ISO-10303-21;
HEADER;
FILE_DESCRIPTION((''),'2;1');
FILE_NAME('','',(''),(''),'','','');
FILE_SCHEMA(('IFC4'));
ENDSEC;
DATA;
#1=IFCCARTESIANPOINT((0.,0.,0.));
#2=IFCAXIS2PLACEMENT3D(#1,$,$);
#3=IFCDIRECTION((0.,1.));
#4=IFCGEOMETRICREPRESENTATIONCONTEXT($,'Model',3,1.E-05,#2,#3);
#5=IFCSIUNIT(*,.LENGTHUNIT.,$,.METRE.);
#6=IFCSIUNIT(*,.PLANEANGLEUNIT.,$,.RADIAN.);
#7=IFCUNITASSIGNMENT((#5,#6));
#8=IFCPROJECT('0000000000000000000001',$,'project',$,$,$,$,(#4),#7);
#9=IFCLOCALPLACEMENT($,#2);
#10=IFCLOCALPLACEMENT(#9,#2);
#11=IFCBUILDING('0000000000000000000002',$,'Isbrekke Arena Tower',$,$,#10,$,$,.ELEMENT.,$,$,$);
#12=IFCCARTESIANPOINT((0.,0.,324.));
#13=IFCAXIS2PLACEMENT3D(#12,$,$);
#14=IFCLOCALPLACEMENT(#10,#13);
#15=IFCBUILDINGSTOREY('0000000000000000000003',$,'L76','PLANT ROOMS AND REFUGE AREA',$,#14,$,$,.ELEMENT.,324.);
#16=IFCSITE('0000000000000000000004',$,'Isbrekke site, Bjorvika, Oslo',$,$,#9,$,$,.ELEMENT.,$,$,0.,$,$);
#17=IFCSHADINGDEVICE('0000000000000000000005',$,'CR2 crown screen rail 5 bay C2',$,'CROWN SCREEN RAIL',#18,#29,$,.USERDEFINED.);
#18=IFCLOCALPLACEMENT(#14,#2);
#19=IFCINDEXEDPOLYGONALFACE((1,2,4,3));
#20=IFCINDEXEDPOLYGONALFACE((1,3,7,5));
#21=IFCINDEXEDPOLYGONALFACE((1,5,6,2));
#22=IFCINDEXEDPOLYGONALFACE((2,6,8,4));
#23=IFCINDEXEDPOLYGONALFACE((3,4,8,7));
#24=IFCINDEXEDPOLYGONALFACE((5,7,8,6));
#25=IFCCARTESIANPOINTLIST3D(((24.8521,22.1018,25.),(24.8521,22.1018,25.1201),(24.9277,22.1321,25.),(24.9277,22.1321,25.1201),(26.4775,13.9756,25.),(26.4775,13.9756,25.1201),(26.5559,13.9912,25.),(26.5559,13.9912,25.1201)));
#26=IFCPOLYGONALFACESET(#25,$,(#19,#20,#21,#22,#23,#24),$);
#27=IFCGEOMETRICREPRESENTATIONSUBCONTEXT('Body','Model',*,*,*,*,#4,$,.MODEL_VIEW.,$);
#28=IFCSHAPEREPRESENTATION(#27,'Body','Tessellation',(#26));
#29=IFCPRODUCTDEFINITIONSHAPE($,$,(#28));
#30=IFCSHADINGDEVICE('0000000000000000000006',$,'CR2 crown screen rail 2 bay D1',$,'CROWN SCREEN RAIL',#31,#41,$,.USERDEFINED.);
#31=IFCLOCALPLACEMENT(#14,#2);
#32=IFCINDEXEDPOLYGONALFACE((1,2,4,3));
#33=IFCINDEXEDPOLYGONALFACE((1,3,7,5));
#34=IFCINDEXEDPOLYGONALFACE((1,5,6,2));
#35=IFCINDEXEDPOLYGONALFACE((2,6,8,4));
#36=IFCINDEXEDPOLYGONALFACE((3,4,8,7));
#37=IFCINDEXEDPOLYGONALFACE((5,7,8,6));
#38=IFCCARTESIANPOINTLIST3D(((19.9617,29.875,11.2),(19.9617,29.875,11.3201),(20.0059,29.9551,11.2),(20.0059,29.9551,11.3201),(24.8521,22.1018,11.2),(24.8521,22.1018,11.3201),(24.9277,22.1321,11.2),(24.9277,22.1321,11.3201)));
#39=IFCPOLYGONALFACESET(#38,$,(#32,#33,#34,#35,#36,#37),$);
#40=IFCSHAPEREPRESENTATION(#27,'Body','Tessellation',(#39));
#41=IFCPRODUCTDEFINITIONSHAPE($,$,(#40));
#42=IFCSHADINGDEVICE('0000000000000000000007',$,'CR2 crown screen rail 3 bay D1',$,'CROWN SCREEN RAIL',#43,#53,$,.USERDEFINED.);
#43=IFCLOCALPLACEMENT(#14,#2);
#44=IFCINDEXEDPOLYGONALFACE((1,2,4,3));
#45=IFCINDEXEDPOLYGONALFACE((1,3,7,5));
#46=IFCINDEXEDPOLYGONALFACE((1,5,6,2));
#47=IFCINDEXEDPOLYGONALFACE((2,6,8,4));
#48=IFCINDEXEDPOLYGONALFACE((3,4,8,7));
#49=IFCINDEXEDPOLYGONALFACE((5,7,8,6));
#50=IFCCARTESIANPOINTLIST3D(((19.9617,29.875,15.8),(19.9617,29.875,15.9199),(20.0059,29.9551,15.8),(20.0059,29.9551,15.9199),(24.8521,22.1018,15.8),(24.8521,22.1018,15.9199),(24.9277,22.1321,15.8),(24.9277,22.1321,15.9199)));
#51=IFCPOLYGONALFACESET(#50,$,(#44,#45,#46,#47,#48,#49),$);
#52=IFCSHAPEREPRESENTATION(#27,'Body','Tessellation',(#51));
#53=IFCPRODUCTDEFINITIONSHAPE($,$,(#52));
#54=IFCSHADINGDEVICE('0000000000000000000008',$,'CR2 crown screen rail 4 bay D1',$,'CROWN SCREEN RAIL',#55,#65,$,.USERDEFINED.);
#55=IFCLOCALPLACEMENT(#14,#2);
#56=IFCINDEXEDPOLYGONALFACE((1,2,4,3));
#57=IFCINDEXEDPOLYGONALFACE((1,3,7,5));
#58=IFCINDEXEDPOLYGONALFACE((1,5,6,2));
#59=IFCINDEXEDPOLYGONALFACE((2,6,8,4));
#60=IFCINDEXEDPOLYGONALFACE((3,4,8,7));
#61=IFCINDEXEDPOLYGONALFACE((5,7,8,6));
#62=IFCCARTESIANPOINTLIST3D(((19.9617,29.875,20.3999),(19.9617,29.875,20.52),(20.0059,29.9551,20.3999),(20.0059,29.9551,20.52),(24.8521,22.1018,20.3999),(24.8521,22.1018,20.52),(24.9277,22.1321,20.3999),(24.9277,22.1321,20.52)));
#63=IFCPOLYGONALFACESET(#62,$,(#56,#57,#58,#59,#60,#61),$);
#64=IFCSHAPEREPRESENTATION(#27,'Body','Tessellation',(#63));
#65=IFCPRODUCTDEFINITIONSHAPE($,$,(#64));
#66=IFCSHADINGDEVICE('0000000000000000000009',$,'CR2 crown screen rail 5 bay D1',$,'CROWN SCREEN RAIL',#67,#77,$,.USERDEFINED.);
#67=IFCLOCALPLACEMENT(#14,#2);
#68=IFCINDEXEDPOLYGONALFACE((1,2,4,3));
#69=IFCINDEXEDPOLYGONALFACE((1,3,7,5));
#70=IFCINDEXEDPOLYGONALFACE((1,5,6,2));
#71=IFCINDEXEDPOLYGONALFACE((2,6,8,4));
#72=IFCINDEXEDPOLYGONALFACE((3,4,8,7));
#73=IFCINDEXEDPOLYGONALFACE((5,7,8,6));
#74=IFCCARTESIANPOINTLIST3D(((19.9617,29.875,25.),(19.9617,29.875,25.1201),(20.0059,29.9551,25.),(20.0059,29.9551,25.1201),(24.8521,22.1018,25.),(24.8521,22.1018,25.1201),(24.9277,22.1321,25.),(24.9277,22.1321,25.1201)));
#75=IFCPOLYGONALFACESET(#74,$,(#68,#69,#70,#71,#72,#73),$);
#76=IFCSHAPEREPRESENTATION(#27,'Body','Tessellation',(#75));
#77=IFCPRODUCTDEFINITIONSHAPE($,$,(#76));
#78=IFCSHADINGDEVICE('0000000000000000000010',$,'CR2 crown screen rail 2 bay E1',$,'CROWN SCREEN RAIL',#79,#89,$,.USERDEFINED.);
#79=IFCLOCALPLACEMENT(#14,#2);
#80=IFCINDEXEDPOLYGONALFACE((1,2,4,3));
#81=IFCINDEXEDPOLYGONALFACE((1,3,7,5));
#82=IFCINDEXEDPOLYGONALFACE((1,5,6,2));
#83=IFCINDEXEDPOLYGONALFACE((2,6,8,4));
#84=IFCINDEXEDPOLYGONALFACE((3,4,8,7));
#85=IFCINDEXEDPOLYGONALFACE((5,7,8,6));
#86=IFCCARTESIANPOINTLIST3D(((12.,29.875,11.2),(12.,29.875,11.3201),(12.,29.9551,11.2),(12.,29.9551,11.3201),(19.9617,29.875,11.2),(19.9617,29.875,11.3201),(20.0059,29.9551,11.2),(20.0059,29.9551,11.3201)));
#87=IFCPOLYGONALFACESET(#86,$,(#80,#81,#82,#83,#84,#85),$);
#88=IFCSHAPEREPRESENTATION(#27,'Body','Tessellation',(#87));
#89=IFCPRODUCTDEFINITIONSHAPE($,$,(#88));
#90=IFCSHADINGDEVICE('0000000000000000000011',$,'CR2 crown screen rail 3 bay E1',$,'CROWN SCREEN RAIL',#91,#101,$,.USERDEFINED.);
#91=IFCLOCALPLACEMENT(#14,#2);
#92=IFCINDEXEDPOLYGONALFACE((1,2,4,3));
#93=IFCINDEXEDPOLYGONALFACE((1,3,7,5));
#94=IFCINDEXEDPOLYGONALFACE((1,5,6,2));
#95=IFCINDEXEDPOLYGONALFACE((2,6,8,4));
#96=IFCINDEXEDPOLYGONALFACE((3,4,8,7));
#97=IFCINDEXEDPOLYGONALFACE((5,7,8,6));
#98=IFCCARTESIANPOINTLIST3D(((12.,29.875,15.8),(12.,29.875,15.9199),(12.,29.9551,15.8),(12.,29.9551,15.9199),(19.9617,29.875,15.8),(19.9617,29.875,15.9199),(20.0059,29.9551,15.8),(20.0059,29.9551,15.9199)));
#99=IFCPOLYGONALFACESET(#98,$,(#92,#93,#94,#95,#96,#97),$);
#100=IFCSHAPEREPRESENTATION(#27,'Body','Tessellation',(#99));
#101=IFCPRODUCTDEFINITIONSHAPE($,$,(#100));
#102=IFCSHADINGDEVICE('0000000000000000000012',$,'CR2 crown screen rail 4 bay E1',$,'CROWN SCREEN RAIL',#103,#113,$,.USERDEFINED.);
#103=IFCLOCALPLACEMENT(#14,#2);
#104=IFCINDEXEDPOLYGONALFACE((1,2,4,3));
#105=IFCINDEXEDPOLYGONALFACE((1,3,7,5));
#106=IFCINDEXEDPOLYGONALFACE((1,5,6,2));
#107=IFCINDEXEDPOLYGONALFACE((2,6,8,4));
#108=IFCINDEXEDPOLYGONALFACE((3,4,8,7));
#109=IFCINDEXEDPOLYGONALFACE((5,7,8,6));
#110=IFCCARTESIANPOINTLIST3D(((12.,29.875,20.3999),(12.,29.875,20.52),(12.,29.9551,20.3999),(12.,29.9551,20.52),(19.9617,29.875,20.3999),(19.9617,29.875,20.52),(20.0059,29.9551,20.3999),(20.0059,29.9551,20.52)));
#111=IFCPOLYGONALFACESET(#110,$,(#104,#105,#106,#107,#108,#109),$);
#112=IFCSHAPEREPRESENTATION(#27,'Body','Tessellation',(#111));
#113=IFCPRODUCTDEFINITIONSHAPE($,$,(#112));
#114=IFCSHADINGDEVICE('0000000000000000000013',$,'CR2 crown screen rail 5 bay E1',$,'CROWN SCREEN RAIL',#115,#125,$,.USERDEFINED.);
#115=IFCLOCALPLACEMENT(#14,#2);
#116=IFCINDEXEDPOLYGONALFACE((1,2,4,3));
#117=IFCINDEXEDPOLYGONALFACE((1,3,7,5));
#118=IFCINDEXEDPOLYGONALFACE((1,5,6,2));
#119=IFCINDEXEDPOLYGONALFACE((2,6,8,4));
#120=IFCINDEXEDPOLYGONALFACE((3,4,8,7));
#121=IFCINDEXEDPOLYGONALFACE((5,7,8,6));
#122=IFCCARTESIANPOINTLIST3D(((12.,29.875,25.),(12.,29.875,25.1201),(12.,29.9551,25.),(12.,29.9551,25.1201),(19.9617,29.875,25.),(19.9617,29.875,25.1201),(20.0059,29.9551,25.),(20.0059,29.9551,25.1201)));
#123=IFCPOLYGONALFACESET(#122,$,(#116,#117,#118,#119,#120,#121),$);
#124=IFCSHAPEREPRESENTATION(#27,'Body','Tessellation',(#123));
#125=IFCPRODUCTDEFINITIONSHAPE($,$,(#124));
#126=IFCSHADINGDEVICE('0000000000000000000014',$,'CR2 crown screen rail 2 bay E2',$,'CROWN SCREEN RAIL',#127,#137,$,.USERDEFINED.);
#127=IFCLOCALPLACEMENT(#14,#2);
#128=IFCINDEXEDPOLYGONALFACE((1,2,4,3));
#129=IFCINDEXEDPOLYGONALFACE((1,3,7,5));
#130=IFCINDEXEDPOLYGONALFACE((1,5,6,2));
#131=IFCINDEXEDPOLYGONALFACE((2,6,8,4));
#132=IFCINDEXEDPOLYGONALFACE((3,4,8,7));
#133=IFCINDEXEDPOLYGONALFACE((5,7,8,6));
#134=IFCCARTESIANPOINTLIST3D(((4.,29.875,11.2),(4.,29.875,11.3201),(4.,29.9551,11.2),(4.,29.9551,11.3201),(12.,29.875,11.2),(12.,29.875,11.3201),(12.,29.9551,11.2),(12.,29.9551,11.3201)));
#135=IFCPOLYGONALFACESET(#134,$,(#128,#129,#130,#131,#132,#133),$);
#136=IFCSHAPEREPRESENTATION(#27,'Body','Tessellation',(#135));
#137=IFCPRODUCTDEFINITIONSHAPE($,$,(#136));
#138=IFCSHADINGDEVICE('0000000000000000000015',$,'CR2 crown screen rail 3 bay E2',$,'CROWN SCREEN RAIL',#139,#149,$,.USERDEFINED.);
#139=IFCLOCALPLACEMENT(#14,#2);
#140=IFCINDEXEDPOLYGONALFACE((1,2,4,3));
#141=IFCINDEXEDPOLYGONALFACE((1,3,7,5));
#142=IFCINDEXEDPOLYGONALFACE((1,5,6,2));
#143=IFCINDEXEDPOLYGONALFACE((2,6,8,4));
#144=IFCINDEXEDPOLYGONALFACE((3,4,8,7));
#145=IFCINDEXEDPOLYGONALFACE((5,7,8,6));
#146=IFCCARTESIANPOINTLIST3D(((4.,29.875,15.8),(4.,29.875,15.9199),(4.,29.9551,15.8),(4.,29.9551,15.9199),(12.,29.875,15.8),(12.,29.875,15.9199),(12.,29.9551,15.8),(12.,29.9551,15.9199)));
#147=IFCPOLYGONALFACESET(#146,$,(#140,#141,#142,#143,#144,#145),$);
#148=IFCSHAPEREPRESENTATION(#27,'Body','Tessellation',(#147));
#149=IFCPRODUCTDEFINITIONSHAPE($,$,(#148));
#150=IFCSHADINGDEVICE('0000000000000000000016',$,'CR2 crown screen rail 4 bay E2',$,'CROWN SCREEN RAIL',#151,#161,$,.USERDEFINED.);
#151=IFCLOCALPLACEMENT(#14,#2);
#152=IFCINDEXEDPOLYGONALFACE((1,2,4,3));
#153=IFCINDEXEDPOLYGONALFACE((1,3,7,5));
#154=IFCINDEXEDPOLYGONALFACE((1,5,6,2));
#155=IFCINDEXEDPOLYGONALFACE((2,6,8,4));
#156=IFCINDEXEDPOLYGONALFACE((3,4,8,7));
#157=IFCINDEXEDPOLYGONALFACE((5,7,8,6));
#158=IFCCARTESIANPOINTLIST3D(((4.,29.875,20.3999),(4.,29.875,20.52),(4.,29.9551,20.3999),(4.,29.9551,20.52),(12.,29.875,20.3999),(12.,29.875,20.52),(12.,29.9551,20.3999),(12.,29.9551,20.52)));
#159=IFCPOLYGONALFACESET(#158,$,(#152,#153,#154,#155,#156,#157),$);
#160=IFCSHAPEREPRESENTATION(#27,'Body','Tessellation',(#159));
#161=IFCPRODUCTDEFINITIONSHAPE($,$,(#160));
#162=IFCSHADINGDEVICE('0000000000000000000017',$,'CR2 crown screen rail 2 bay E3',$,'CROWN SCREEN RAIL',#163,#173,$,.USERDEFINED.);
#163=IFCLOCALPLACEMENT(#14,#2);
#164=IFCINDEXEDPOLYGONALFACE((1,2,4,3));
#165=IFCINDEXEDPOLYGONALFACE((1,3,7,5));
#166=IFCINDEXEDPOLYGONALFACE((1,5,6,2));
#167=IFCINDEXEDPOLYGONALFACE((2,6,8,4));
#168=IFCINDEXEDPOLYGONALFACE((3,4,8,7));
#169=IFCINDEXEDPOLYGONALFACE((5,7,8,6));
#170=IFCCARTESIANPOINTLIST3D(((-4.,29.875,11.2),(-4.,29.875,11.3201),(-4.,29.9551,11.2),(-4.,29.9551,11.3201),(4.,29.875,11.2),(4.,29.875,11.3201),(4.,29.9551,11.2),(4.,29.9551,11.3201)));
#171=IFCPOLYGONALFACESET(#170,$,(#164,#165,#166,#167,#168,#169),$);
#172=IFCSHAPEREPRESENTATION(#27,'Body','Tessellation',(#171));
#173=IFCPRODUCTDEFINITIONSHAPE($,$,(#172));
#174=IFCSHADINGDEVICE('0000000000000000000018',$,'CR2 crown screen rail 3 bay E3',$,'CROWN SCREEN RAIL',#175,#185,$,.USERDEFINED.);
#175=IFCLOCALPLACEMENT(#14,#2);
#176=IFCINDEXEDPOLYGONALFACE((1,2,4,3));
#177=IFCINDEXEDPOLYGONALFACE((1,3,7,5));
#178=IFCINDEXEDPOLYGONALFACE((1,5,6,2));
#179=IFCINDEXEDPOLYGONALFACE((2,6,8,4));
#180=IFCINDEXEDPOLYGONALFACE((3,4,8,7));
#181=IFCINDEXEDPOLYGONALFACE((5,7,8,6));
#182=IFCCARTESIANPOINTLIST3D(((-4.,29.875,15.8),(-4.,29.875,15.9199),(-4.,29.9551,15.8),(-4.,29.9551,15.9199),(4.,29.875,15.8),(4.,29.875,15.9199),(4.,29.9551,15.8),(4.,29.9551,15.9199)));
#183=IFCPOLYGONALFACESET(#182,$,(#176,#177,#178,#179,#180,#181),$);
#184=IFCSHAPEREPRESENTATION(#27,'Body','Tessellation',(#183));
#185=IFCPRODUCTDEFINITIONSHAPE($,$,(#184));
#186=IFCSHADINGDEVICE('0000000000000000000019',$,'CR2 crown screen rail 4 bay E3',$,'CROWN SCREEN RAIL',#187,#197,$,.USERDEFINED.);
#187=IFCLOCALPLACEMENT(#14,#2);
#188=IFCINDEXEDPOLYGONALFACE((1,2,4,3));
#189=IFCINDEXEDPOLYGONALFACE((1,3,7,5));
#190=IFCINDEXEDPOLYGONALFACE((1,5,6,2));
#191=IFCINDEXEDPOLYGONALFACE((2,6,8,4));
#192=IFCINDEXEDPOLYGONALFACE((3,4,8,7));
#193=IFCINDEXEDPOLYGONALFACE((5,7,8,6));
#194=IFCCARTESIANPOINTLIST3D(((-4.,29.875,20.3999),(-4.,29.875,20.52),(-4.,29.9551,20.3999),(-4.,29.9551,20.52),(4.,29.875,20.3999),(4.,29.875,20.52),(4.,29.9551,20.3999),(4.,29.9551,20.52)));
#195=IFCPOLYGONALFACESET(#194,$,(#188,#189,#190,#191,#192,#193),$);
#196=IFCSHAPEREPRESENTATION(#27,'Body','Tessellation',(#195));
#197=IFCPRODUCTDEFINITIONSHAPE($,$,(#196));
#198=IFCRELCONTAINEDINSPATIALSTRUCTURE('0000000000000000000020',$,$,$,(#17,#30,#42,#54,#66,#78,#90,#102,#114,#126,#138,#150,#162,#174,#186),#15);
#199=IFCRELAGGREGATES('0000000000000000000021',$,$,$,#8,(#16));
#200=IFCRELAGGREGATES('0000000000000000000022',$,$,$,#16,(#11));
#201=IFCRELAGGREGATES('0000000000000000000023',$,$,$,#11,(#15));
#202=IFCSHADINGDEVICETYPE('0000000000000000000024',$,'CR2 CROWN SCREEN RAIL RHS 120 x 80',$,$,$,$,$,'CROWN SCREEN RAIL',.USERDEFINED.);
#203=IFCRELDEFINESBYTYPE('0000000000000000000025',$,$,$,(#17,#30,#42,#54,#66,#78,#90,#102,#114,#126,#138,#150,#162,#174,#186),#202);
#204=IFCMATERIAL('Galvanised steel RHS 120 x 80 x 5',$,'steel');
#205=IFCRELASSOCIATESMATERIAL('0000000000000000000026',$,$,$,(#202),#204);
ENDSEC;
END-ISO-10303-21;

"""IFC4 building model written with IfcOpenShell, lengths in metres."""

from ifc_helpers import new_model, si_unit, direction, frame, origin, place, context, subcontext, project, spatial, polyline, outline, extrude, material, type_object, element, save


model = new_model("IFC4")

# Units and contexts
model_context = context("Model", 3, precision=1e-05, world=origin(), true_north=direction((0.0, 1.0)))
body_context = subcontext(model_context, "Body", "Model", "MODEL_VIEW")
ifc_project = project(units=[si_unit("LENGTHUNIT", "METRE"), si_unit("PLANEANGLEUNIT", "RADIAN")], contexts=[model_context])

# Site, building, storey
site_placement = place(None, origin())
site = spatial("IfcSite", under=ifc_project, at=site_placement, Name="Isbrekke site, Bjorvika, Oslo", CompositionType="ELEMENT", RefElevation=0.0)
building_placement = place(site_placement, origin())
building = spatial("IfcBuilding", under=site, at=building_placement, Name="Isbrekke Arena Tower", CompositionType="ELEMENT")
storey_placement = place(building_placement, frame((0.0, 0.0, 324.0)))
storey = spatial("IfcBuildingStorey", under=building, at=storey_placement, Name="L76", Description="PLANT ROOMS AND REFUGE AREA", CompositionType="ELEMENT", Elevation=324.0)

# Shading devices
ifc_material = material(Name="Galvanised steel RHS 120 x 80 x 5", Category="steel")
shading_device_type = type_object("IfcShadingDeviceType", Name="CR2 CROWN SCREEN RAIL RHS 120 x 80", ElementType="CROWN SCREEN RAIL", PredefinedType="USERDEFINED", material=ifc_material)
shading_device_1_placement = place(storey_placement, frame((0.0, 0.0, 25.0)))
element("IfcShadingDevice", 1, at=shading_device_1_placement, inside=storey, type_object=shading_device_type, Name="CR2 crown screen rail 5 bay C2", ObjectType="CROWN SCREEN RAIL", PredefinedType="USERDEFINED", context=body_context, shape_type="SweptSolid", body=[
    extrude(outline(polyline([(26.4775, 13.9756), (24.8521, 22.1018), (24.9277, 22.1321), (26.5559, 13.9912), (26.4775, 13.9756)])), origin(), (0.0, 0.0, 1.0), 0.1201),
])
shading_device_2_placement = place(storey_placement, frame((0.0, 0.0, 11.2)))
element("IfcShadingDevice", 2, at=shading_device_2_placement, inside=storey, type_object=shading_device_type, Name="CR2 crown screen rail 2 bay D1", ObjectType="CROWN SCREEN RAIL", PredefinedType="USERDEFINED", context=body_context, shape_type="SweptSolid", body=[
    extrude(outline(polyline([(24.8521, 22.1018), (19.9617, 29.875), (20.0059, 29.9551), (24.9277, 22.1321), (24.8521, 22.1018)])), origin(), (0.0, 0.0, 1.0), 0.1201),
])
shading_device_3_placement = place(storey_placement, frame((0.0, 0.0, 15.8)))
element("IfcShadingDevice", 3, at=shading_device_3_placement, inside=storey, type_object=shading_device_type, Name="CR2 crown screen rail 3 bay D1", ObjectType="CROWN SCREEN RAIL", PredefinedType="USERDEFINED", context=body_context, shape_type="SweptSolid", body=[
    extrude(outline(polyline([(24.8521, 22.1018), (19.9617, 29.875), (20.0059, 29.9551), (24.9277, 22.1321), (24.8521, 22.1018)])), origin(), (0.0, 0.0, 1.0), 0.1199),
])
for number, where, name in (
    (4, (0.0, 0.0, 20.3999), "CR2 crown screen rail 4 bay D1"),
    (5, (0.0, 0.0, 25.0), "CR2 crown screen rail 5 bay D1"),
):
    element("IfcShadingDevice", number, at=place(storey_placement, frame(where)), inside=storey, type_object=shading_device_type, Name=name, ObjectType="CROWN SCREEN RAIL", PredefinedType="USERDEFINED", context=body_context, shape_type="SweptSolid", body=[
        extrude(outline(polyline([(24.8521, 22.1018), (19.9617, 29.875), (20.0059, 29.9551), (24.9277, 22.1321), (24.8521, 22.1018)])), origin(), (0.0, 0.0, 1.0), 0.1201),
    ])
shading_device_4_placement = place(storey_placement, frame((0.0, 0.0, 11.2)))
element("IfcShadingDevice", 6, at=shading_device_4_placement, inside=storey, type_object=shading_device_type, Name="CR2 crown screen rail 2 bay E1", ObjectType="CROWN SCREEN RAIL", PredefinedType="USERDEFINED", context=body_context, shape_type="SweptSolid", body=[
    extrude(outline(polyline([(19.9617, 29.875), (12.0, 29.875), (12.0, 29.9551), (20.0059, 29.9551), (19.9617, 29.875)])), origin(), (0.0, 0.0, 1.0), 0.1201),
])
shading_device_5_placement = place(storey_placement, frame((0.0, 0.0, 15.8)))
element("IfcShadingDevice", 7, at=shading_device_5_placement, inside=storey, type_object=shading_device_type, Name="CR2 crown screen rail 3 bay E1", ObjectType="CROWN SCREEN RAIL", PredefinedType="USERDEFINED", context=body_context, shape_type="SweptSolid", body=[
    extrude(outline(polyline([(19.9617, 29.875), (12.0, 29.875), (12.0, 29.9551), (20.0059, 29.9551), (19.9617, 29.875)])), origin(), (0.0, 0.0, 1.0), 0.1199),
])
for number, where, name in (
    (8, (0.0, 0.0, 20.3999), "CR2 crown screen rail 4 bay E1"),
    (9, (0.0, 0.0, 25.0), "CR2 crown screen rail 5 bay E1"),
):
    element("IfcShadingDevice", number, at=place(storey_placement, frame(where)), inside=storey, type_object=shading_device_type, Name=name, ObjectType="CROWN SCREEN RAIL", PredefinedType="USERDEFINED", context=body_context, shape_type="SweptSolid", body=[
        extrude(outline(polyline([(19.9617, 29.875), (12.0, 29.875), (12.0, 29.9551), (20.0059, 29.9551), (19.9617, 29.875)])), origin(), (0.0, 0.0, 1.0), 0.1201),
    ])
shading_device_6_placement = place(storey_placement, frame((0.0, 0.0, 11.2)))
element("IfcShadingDevice", 10, at=shading_device_6_placement, inside=storey, type_object=shading_device_type, Name="CR2 crown screen rail 2 bay E2", ObjectType="CROWN SCREEN RAIL", PredefinedType="USERDEFINED", context=body_context, shape_type="SweptSolid", body=[
    extrude(outline(polyline([(12.0, 29.875), (4.0, 29.875), (4.0, 29.9551), (12.0, 29.9551), (12.0, 29.875)])), origin(), (0.0, 0.0, 1.0), 0.1201),
])
shading_device_7_placement = place(storey_placement, frame((0.0, 0.0, 15.8)))
element("IfcShadingDevice", 11, at=shading_device_7_placement, inside=storey, type_object=shading_device_type, Name="CR2 crown screen rail 3 bay E2", ObjectType="CROWN SCREEN RAIL", PredefinedType="USERDEFINED", context=body_context, shape_type="SweptSolid", body=[
    extrude(outline(polyline([(12.0, 29.875), (4.0, 29.875), (4.0, 29.9551), (12.0, 29.9551), (12.0, 29.875)])), origin(), (0.0, 0.0, 1.0), 0.1199),
])
shading_device_8_placement = place(storey_placement, frame((0.0, 0.0, 20.3999)))
element("IfcShadingDevice", 12, at=shading_device_8_placement, inside=storey, type_object=shading_device_type, Name="CR2 crown screen rail 4 bay E2", ObjectType="CROWN SCREEN RAIL", PredefinedType="USERDEFINED", context=body_context, shape_type="SweptSolid", body=[
    extrude(outline(polyline([(12.0, 29.875), (4.0, 29.875), (4.0, 29.9551), (12.0, 29.9551), (12.0, 29.875)])), origin(), (0.0, 0.0, 1.0), 0.1201),
])
shading_device_9_placement = place(storey_placement, frame((0.0, 0.0, 11.2)))
element("IfcShadingDevice", 13, at=shading_device_9_placement, inside=storey, type_object=shading_device_type, Name="CR2 crown screen rail 2 bay E3", ObjectType="CROWN SCREEN RAIL", PredefinedType="USERDEFINED", context=body_context, shape_type="SweptSolid", body=[
    extrude(outline(polyline([(4.0, 29.875), (-4.0, 29.875), (-4.0, 29.9551), (4.0, 29.9551), (4.0, 29.875)])), origin(), (0.0, 0.0, 1.0), 0.1201),
])
shading_device_10_placement = place(storey_placement, frame((0.0, 0.0, 15.8)))
element("IfcShadingDevice", 14, at=shading_device_10_placement, inside=storey, type_object=shading_device_type, Name="CR2 crown screen rail 3 bay E3", ObjectType="CROWN SCREEN RAIL", PredefinedType="USERDEFINED", context=body_context, shape_type="SweptSolid", body=[
    extrude(outline(polyline([(4.0, 29.875), (-4.0, 29.875), (-4.0, 29.9551), (4.0, 29.9551), (4.0, 29.875)])), origin(), (0.0, 0.0, 1.0), 0.1199),
])
shading_device_11_placement = place(storey_placement, frame((0.0, 0.0, 20.3999)))
element("IfcShadingDevice", 15, at=shading_device_11_placement, inside=storey, type_object=shading_device_type, Name="CR2 crown screen rail 4 bay E3", ObjectType="CROWN SCREEN RAIL", PredefinedType="USERDEFINED", context=body_context, shape_type="SweptSolid", body=[
    extrude(outline(polyline([(4.0, 29.875), (-4.0, 29.875), (-4.0, 29.9551), (4.0, 29.9551), (4.0, 29.875)])), origin(), (0.0, 0.0, 1.0), 0.1201),
])

save(model, "model.ifc")
